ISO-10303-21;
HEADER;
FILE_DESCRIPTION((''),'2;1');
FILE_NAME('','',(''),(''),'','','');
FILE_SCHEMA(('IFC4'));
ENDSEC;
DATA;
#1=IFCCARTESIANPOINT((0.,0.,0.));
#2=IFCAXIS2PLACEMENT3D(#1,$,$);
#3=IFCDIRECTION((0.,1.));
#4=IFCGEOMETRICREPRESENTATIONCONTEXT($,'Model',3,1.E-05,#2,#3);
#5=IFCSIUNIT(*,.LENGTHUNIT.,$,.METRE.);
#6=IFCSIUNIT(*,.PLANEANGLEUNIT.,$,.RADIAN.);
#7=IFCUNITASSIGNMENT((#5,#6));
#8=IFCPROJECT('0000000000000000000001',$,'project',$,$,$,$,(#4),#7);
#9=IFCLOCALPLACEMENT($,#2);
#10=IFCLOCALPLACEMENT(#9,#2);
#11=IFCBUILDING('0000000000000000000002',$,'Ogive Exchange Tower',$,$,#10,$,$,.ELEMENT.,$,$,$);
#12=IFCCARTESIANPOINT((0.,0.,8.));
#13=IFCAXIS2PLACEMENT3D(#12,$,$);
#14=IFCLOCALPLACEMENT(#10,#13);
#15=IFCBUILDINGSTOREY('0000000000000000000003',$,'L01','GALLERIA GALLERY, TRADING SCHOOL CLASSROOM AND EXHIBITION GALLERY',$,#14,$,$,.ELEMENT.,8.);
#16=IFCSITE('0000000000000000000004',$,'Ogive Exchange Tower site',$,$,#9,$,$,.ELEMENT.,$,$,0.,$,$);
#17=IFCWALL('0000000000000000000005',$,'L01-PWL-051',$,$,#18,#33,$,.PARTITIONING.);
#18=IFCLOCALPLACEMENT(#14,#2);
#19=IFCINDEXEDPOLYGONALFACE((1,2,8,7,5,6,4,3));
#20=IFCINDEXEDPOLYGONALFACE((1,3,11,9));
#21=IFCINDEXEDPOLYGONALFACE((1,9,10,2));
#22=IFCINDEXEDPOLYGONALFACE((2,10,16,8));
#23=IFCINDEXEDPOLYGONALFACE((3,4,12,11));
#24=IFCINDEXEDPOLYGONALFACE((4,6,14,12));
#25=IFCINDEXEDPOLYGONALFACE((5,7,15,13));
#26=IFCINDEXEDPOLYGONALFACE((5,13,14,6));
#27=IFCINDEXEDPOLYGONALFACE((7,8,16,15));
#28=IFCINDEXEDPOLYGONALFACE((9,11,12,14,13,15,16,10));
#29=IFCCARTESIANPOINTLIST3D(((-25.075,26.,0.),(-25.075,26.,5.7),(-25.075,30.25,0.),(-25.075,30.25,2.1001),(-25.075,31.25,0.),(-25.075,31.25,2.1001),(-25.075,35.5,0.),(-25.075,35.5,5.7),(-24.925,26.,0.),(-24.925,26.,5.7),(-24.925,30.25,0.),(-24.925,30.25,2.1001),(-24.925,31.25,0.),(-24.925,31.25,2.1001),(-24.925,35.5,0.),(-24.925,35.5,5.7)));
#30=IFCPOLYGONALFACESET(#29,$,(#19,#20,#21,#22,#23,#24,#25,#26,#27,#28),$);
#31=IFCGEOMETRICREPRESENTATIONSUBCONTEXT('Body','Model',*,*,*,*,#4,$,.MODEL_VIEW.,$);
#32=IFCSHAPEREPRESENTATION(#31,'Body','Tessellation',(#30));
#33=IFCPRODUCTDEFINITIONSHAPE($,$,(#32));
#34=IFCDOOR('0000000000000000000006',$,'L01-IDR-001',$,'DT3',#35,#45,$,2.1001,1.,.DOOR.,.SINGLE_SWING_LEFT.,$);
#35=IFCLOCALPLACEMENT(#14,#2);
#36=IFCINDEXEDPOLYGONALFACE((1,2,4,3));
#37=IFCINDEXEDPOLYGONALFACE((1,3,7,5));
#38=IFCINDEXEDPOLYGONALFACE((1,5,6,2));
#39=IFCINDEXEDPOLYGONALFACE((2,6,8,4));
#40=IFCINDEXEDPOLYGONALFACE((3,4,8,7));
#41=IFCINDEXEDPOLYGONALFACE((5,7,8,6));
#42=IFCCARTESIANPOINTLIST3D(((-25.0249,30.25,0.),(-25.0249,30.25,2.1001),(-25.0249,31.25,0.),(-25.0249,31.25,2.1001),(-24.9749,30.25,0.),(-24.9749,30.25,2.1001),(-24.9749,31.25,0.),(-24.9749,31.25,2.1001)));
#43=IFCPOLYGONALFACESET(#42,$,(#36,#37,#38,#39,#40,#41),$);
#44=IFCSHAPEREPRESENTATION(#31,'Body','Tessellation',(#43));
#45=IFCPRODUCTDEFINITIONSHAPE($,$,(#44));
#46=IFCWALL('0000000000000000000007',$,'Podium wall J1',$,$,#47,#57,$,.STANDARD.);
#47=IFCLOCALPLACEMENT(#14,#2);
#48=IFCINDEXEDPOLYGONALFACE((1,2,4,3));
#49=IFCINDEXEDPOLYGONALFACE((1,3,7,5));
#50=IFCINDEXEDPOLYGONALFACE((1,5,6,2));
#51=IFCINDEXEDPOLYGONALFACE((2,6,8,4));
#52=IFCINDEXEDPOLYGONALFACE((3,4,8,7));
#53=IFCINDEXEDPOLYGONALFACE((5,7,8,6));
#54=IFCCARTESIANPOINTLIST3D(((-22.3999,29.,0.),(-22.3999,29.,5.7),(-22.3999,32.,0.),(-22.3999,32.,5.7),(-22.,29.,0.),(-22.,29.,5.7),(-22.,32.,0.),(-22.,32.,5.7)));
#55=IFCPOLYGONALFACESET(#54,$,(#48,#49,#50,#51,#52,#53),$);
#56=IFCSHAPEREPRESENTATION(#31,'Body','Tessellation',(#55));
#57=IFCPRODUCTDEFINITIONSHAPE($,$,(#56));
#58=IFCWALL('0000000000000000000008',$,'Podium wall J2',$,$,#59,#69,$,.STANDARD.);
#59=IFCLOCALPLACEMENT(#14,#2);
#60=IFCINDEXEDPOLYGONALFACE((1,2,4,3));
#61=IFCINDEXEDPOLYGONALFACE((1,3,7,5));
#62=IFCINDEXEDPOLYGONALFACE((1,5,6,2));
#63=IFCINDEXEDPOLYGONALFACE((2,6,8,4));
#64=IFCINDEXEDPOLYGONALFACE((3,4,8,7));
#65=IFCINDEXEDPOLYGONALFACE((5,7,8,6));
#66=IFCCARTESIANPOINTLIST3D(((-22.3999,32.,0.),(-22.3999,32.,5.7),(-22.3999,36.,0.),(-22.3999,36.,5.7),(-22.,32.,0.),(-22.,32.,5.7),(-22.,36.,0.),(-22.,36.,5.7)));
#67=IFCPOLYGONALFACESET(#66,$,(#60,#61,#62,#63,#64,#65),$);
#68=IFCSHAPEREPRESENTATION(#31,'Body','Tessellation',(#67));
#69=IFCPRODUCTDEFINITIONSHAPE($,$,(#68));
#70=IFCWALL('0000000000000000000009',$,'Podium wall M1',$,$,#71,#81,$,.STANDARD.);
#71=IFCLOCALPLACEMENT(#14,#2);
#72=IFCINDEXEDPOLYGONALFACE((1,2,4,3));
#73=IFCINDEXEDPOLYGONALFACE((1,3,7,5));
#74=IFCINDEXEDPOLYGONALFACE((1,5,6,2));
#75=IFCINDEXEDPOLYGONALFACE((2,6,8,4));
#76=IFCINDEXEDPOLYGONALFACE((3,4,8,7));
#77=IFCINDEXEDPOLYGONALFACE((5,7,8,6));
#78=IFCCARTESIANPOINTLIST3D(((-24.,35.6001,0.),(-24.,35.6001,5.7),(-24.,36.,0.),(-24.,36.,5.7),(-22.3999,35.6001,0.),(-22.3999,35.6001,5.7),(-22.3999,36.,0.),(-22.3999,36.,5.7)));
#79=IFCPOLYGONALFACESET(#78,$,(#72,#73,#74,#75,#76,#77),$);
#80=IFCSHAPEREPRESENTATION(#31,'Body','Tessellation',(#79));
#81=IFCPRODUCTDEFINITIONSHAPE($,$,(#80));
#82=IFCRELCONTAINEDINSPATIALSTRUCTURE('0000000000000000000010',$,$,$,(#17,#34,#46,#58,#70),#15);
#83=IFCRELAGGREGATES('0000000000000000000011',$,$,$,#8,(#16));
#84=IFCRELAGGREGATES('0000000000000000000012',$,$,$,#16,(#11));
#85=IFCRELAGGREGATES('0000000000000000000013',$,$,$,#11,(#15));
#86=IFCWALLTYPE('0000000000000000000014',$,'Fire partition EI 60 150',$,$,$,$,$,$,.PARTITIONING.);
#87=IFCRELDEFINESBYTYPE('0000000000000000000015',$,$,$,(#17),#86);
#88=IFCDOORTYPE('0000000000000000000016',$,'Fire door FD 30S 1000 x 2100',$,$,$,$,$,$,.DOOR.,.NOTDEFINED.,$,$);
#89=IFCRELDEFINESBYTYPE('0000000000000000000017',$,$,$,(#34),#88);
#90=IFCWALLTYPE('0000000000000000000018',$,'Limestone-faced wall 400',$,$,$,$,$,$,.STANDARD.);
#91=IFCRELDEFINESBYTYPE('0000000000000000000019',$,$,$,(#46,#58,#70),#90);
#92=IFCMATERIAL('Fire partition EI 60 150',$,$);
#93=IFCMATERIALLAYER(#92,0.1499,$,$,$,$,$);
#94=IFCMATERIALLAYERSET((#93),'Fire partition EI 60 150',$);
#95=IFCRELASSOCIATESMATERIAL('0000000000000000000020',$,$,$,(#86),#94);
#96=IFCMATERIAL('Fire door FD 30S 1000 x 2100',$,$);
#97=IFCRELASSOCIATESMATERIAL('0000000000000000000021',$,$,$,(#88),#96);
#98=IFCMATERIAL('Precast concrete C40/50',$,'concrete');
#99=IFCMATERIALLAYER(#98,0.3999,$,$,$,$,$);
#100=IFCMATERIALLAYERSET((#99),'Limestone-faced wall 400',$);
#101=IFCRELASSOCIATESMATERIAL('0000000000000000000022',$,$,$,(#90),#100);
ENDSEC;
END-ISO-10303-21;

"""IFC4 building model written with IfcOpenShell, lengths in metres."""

from ifc_helpers import new_model, si_unit, direction, frame, frame_2d, origin, place, context, subcontext, project, spatial, rectangle, extrude, material, layer, layer_set, type_object, element, fill, save


model = new_model("IFC4")

# Units and contexts
model_context = context("Model", 3, precision=1e-05, world=origin(), true_north=direction((0.0, 1.0)))
body_context = subcontext(model_context, "Body", "Model", "MODEL_VIEW")
ifc_project = project(units=[si_unit("LENGTHUNIT", "METRE"), si_unit("PLANEANGLEUNIT", "RADIAN")], contexts=[model_context])

# Site, building, storey
site_placement = place(None, origin())
site = spatial("IfcSite", under=ifc_project, at=site_placement, Name="Ogive Exchange Tower site", CompositionType="ELEMENT", RefElevation=0.0)
building_placement = place(site_placement, origin())
building = spatial("IfcBuilding", under=site, at=building_placement, Name="Ogive Exchange Tower", CompositionType="ELEMENT")
storey_placement = place(building_placement, frame((0.0, 0.0, 8.0)))
storey = spatial("IfcBuildingStorey", under=building, at=storey_placement, Name="L01", Description="GALLERIA GALLERY, TRADING SCHOOL CLASSROOM AND EXHIBITION GALLERY", CompositionType="ELEMENT", Elevation=8.0)

# Wall, opening, door
ifc_material_1 = material(Name="Fire partition EI 60 150")
ifc_layer_1 = layer(ifc_material_1, 0.1499)
ifc_layer_set_1 = layer_set([ifc_layer_1], Name="Fire partition EI 60 150")
wall_type_1 = type_object("IfcWallType", Name="Fire partition EI 60 150", PredefinedType="PARTITIONING", material=ifc_layer_set_1)
ifc_material_2 = material(Name="Fire door FD 30S 1000 x 2100")
door_type = type_object("IfcDoorType", Name="Fire door FD 30S 1000 x 2100", OperationType="NOTDEFINED", PredefinedType="DOOR", material=ifc_material_2)
wall_1_placement = place(storey_placement, frame((-25.0, 26.0, 0.0), z_axis=(0.0, 0.0, 1.0), x_axis=(0.0, 1.0, 0.0)))
wall_1 = element("IfcWall", 1, at=wall_1_placement, inside=storey, type_object=wall_type_1, Name="L01-PWL-051", PredefinedType="PARTITIONING", context=body_context, shape_type="SweptSolid", body=[
    extrude(rectangle(XDim=9.5, YDim=0.1499, at=frame_2d((4.75, 0.0))), origin(), (0.0, 0.0, 1.0), 5.7),
])
opening_1_placement = place(wall_1_placement, frame((4.25, 0.0, 0.0)))
opening_1 = element("IfcOpeningElement", 2, at=opening_1_placement, cuts=wall_1, PredefinedType="OPENING", context=body_context, shape_type="SweptSolid", body=[
    extrude(rectangle(XDim=1.0, YDim=2.1001, at=frame_2d((0.5, 1.05))), frame((0.0, 0.085, 0.0), z_axis=(0.0, -1.0, 0.0), x_axis=(1.0, 0.0, 0.0)), (0.0, 0.0, 1.0), 0.1699),
])
door_1_placement = place(opening_1_placement, origin())
door_1 = element("IfcDoor", 3, at=door_1_placement, inside=storey, type_object=door_type, Name="L01-IDR-001", ObjectType="DT3", OperationType="SINGLE_SWING_LEFT", OverallHeight=2.1001, OverallWidth=1.0, PredefinedType="DOOR", context=body_context, shape_type="SweptSolid", body=[
    extrude(rectangle(XDim=1.0, YDim=2.1001, at=frame_2d((0.5, 1.05))), frame((0.0, 0.0249, 0.0), z_axis=(0.0, -1.0, 0.0), x_axis=(1.0, 0.0, 0.0)), (0.0, 0.0, 1.0), 0.05),
])
fill(opening_1, door_1)

# Walls
ifc_material_3 = material(Name="Precast concrete C40/50", Category="concrete")
ifc_layer_2 = layer(ifc_material_3, 0.3999)
ifc_layer_set_2 = layer_set([ifc_layer_2], Name="Limestone-faced wall 400")
wall_type_2 = type_object("IfcWallType", Name="Limestone-faced wall 400", PredefinedType="STANDARD", material=ifc_layer_set_2)
wall_2_placement = place(storey_placement, frame((-22.2, 29.0, 0.0), z_axis=(0.0, 0.0, 1.0), x_axis=(0.0, 1.0, 0.0)))
element("IfcWall", 4, at=wall_2_placement, inside=storey, type_object=wall_type_2, Name="Podium wall J1", PredefinedType="STANDARD", context=body_context, shape_type="SweptSolid", body=[
    extrude(rectangle(XDim=3.0, YDim=0.3999, at=frame_2d((1.5, 0.0))), origin(), (0.0, 0.0, 1.0), 5.7),
])
wall_3_placement = place(storey_placement, frame((-22.2, 32.0, 0.0), z_axis=(0.0, 0.0, 1.0), x_axis=(0.0, 1.0, 0.0)))
element("IfcWall", 5, at=wall_3_placement, inside=storey, type_object=wall_type_2, Name="Podium wall J2", PredefinedType="STANDARD", context=body_context, shape_type="SweptSolid", body=[
    extrude(rectangle(XDim=4.0, YDim=0.3999, at=frame_2d((2.0, 0.0))), origin(), (0.0, 0.0, 1.0), 5.7),
])
wall_4_placement = place(storey_placement, frame((-22.3999, 35.8, 0.0), z_axis=(0.0, 0.0, 1.0), x_axis=(-1.0, 0.0, 0.0)))
element("IfcWall", 6, at=wall_4_placement, inside=storey, type_object=wall_type_2, Name="Podium wall M1", PredefinedType="STANDARD", context=body_context, shape_type="SweptSolid", body=[
    extrude(rectangle(XDim=1.6001, YDim=0.3999, at=frame_2d((0.8, 0.0))), origin(), (0.0, 0.0, 1.0), 5.7),
])

save(model, "model.ifc")
